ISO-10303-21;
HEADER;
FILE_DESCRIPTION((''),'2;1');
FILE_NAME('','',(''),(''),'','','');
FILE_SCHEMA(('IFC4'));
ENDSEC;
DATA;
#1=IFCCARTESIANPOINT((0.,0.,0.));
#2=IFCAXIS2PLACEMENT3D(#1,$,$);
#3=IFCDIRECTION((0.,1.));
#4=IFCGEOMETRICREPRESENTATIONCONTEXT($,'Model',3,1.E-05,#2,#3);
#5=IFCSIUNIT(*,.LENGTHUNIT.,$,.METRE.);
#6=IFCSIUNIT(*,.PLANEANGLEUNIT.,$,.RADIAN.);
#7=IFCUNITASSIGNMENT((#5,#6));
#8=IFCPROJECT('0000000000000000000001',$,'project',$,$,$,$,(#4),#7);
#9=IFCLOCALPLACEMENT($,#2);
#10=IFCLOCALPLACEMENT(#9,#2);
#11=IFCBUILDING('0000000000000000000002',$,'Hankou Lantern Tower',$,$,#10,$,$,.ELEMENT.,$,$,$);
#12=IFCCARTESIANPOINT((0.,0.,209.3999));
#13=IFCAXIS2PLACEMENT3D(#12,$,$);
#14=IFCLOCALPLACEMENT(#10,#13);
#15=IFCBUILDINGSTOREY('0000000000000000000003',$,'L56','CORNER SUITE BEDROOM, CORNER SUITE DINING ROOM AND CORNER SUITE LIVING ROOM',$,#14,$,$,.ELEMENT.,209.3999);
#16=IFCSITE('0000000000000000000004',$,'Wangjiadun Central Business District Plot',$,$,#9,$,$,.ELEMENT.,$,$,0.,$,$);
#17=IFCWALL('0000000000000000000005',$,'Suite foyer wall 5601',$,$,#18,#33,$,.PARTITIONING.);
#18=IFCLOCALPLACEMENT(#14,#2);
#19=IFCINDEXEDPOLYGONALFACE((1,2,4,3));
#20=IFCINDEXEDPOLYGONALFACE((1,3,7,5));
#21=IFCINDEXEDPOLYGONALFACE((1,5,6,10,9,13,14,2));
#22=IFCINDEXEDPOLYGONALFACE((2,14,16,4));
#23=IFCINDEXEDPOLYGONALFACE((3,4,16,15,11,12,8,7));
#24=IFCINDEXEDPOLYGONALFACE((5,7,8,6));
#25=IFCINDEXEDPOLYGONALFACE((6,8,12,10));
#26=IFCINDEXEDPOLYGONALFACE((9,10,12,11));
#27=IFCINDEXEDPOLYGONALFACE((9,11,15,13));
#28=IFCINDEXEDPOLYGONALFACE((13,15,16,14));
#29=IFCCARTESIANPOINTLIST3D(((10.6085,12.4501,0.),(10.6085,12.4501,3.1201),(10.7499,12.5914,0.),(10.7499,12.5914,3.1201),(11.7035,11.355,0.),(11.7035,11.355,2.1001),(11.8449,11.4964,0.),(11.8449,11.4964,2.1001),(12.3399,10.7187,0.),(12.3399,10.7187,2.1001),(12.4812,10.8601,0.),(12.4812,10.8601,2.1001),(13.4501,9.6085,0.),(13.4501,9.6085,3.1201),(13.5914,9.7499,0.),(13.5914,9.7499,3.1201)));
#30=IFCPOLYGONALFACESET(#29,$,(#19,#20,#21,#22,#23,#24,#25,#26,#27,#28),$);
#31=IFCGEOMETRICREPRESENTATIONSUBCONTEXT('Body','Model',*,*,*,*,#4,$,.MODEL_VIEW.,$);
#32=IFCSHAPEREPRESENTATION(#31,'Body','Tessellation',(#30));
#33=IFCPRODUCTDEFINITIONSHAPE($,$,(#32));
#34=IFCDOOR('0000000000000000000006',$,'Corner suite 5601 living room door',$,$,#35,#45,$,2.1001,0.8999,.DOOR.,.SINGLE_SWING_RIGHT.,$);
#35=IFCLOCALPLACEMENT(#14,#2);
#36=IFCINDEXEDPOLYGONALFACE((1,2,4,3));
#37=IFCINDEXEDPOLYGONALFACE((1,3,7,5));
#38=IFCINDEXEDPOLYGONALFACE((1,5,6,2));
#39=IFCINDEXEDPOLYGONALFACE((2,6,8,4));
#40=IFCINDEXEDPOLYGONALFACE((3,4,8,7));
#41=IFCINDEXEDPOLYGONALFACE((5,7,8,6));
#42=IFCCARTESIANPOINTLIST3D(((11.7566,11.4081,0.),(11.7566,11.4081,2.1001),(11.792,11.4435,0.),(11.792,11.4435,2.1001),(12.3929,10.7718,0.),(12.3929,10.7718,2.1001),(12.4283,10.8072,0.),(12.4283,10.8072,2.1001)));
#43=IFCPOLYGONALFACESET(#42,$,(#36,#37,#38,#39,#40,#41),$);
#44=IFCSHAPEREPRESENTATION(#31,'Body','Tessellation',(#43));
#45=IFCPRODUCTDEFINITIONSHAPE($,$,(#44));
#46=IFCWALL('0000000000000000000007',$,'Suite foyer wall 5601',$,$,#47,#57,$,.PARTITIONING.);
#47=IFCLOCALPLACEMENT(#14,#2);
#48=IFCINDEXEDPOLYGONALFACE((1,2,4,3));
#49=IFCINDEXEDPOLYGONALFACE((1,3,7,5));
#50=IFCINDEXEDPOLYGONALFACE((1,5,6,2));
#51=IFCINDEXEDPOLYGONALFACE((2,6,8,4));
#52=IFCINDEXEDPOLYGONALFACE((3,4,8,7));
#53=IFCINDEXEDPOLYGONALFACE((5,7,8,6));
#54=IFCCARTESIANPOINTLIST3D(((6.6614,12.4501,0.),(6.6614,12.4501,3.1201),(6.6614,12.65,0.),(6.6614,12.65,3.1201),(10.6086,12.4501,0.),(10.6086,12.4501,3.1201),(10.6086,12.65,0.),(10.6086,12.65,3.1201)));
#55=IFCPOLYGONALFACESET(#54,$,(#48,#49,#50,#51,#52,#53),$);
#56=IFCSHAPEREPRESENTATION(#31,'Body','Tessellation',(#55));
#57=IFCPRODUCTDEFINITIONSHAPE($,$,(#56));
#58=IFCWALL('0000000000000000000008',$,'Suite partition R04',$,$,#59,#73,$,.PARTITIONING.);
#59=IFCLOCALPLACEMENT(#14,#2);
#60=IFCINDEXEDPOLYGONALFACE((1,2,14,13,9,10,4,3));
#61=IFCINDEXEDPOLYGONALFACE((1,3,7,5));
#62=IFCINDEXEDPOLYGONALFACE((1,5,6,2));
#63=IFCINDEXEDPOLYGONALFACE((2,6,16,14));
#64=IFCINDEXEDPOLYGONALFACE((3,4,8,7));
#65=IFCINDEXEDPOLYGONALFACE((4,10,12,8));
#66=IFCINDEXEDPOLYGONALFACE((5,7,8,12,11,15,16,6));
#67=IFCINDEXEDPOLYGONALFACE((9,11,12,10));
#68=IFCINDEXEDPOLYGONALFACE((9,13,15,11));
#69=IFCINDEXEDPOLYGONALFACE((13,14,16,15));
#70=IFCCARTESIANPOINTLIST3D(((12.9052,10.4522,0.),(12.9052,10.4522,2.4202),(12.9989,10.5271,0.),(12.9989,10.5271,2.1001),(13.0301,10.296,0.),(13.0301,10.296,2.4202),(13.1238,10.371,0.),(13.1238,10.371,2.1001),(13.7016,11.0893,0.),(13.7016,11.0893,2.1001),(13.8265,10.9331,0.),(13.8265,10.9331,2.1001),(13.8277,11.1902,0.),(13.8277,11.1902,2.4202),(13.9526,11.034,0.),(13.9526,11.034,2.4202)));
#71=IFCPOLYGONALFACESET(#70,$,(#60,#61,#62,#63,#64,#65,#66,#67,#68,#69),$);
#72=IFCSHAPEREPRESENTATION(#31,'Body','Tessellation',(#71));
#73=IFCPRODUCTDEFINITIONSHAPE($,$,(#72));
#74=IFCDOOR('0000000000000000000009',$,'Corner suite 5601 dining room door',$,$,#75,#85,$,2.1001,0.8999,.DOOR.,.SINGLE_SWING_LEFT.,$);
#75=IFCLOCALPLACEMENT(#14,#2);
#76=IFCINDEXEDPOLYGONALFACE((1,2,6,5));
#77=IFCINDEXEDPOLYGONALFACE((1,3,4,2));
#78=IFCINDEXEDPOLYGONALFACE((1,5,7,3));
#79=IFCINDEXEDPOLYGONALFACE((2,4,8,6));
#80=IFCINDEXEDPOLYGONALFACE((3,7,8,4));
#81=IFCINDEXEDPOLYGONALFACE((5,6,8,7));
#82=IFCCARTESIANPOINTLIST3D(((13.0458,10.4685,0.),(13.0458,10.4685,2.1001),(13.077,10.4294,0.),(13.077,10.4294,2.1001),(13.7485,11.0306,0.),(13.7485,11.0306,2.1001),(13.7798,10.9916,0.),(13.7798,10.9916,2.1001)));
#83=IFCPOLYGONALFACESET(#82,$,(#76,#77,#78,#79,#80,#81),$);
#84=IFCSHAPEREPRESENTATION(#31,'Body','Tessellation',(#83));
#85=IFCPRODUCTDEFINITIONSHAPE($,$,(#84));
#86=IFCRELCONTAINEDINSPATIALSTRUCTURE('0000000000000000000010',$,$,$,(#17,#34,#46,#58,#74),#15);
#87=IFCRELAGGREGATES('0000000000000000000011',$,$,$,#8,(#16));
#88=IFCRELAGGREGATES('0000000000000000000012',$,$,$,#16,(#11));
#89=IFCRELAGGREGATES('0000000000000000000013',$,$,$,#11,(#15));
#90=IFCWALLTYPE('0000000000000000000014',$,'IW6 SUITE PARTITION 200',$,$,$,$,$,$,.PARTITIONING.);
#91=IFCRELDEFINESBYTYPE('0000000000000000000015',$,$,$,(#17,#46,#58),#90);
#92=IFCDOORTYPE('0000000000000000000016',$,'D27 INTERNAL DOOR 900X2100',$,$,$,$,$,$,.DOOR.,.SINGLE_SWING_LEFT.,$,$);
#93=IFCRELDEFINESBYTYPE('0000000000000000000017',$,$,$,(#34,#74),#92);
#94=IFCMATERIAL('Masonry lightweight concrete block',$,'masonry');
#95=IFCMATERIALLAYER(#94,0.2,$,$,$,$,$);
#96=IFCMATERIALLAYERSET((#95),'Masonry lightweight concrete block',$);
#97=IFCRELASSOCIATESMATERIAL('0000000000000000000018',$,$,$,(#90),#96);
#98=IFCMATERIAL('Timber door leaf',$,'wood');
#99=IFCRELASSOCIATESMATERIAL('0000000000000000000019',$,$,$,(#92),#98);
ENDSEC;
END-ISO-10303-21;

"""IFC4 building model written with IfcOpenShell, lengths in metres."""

from ifc_helpers import new_model, si_unit, direction, frame, frame_2d, origin, place, context, subcontext, project, spatial, rectangle, extrude, material, layer, layer_set, type_object, element, fill, save


model = new_model("IFC4")

# Units and contexts
model_context = context("Model", 3, precision=1e-05, world=origin(), true_north=direction((0.0, 1.0)))
body_context = subcontext(model_context, "Body", "Model", "MODEL_VIEW")
ifc_project = project(units=[si_unit("LENGTHUNIT", "METRE"), si_unit("PLANEANGLEUNIT", "RADIAN")], contexts=[model_context])

# Site, building, storey
site_placement = place(None, origin())
site = spatial("IfcSite", under=ifc_project, at=site_placement, Name="Wangjiadun Central Business District Plot", CompositionType="ELEMENT", RefElevation=0.0)
building_placement = place(site_placement, origin())
building = spatial("IfcBuilding", under=site, at=building_placement, Name="Hankou Lantern Tower", CompositionType="ELEMENT")
storey_placement = place(building_placement, frame((0.0, 0.0, 209.3999)))
storey = spatial("IfcBuildingStorey", under=building, at=storey_placement, Name="L56", Description="CORNER SUITE BEDROOM, CORNER SUITE DINING ROOM AND CORNER SUITE LIVING ROOM", CompositionType="ELEMENT", Elevation=209.3999)

# Wall, opening, door
ifc_material_1 = material(Name="Masonry lightweight concrete block", Category="masonry")
ifc_layer_1 = layer(ifc_material_1, 0.2)
ifc_layer_set_1 = layer_set([ifc_layer_1], Name="Masonry lightweight concrete block")
wall_type_1 = type_object("IfcWallType", Name="IW6 SUITE PARTITION 200", PredefinedType="PARTITIONING", material=ifc_layer_set_1)
wall_1_placement = place(storey_placement, frame((13.5208, 9.6792, 0.0), z_axis=(0.0, 0.0, 1.0), x_axis=(-0.707107, 0.707107, 0.0)))
wall_1 = element("IfcWall", 1, at=wall_1_placement, inside=storey, type_object=wall_type_1, Name="Suite foyer wall 5601", PredefinedType="PARTITIONING", context=body_context, shape_type="SweptSolid", body=[
    extrude(rectangle(XDim=4.0186, YDim=0.2, at=frame_2d((2.0093, 0.0))), origin(), (0.0, 0.0, 1.0), 3.1201),
])
opening_1_placement = place(wall_1_placement, frame((1.5701, 0.0, 0.0)))
opening_1 = element("IfcOpeningElement", 2, at=opening_1_placement, cuts=wall_1, PredefinedType="OPENING", context=body_context, shape_type="SweptSolid", body=[
    extrude(rectangle(XDim=0.8999, YDim=2.1001, at=frame_2d((0.45, 1.05))), frame((0.0, 0.1099, 0.0), z_axis=(0.0, -1.0, 0.0), x_axis=(1.0, 0.0, 0.0)), (0.0, 0.0, 1.0), 0.22),
])
ifc_material_2 = material(Name="Timber door leaf", Category="wood")
door_type = type_object("IfcDoorType", Name="D27 INTERNAL DOOR 900X2100", OperationType="SINGLE_SWING_LEFT", PredefinedType="DOOR", material=ifc_material_2)
door_1_placement = place(opening_1_placement, origin())
door_1 = element("IfcDoor", 3, at=door_1_placement, inside=storey, type_object=door_type, Name="Corner suite 5601 living room door", OperationType="SINGLE_SWING_RIGHT", OverallHeight=2.1001, OverallWidth=0.8999, PredefinedType="DOOR", context=body_context, shape_type="SweptSolid", body=[
    extrude(rectangle(XDim=0.8999, YDim=2.1001, at=frame_2d((0.45, 1.05))), frame((0.0, 0.0249, 0.0), z_axis=(0.0, -1.0, 0.0), x_axis=(1.0, 0.0, 0.0)), (0.0, 0.0, 1.0), 0.05),
])
fill(opening_1, door_1)

# Wall
wall_2_placement = place(storey_placement, frame((10.6086, 12.55, 0.0), z_axis=(0.0, 0.0, 1.0), x_axis=(-1.0, 0.0, 0.0)))
element("IfcWall", 4, at=wall_2_placement, inside=storey, type_object=wall_type_1, Name="Suite foyer wall 5601", PredefinedType="PARTITIONING", context=body_context, shape_type="SweptSolid", body=[
    extrude(rectangle(XDim=3.9473, YDim=0.2, at=frame_2d((1.9736, 0.0))), origin(), (0.0, 0.0, 1.0), 3.1201),
])

# Wall, opening, door
wall_3_placement = place(storey_placement, frame((12.9675, 10.374, 0.0), z_axis=(0.0, 0.0, 1.0), x_axis=(0.780889, 0.62467, 0.0)))
wall_3 = element("IfcWall", 5, at=wall_3_placement, inside=storey, type_object=wall_type_1, Name="Suite partition R04", PredefinedType="PARTITIONING", context=body_context, shape_type="SweptSolid", body=[
    extrude(rectangle(XDim=1.1814, YDim=0.2, at=frame_2d((0.5908, 0.0))), origin(), (0.0, 0.0, 1.0), 2.4202),
])
opening_2_placement = place(wall_3_placement, frame((0.1201, 0.0, 0.0)))
opening_2 = element("IfcOpeningElement", 6, at=opening_2_placement, cuts=wall_3, PredefinedType="OPENING", context=body_context, shape_type="SweptSolid", body=[
    extrude(rectangle(XDim=0.8999, YDim=2.1001, at=frame_2d((0.45, 1.05))), frame((0.0, 0.1099, 0.0), z_axis=(0.0, -1.0, 0.0), x_axis=(1.0, 0.0, 0.0)), (0.0, 0.0, 1.0), 0.22),
])
door_2_placement = place(opening_2_placement, origin())
door_2 = element("IfcDoor", 7, at=door_2_placement, inside=storey, type_object=door_type, Name="Corner suite 5601 dining room door", OperationType="SINGLE_SWING_LEFT", OverallHeight=2.1001, OverallWidth=0.8999, PredefinedType="DOOR", context=body_context, shape_type="SweptSolid", body=[
    extrude(rectangle(XDim=0.8999, YDim=2.1001, at=frame_2d((0.45, 1.05))), frame((0.0, 0.0249, 0.0), z_axis=(0.0, -1.0, 0.0), x_axis=(1.0, 0.0, 0.0)), (0.0, 0.0, 1.0), 0.05),
])
fill(opening_2, door_2)

save(model, "model.ifc")
